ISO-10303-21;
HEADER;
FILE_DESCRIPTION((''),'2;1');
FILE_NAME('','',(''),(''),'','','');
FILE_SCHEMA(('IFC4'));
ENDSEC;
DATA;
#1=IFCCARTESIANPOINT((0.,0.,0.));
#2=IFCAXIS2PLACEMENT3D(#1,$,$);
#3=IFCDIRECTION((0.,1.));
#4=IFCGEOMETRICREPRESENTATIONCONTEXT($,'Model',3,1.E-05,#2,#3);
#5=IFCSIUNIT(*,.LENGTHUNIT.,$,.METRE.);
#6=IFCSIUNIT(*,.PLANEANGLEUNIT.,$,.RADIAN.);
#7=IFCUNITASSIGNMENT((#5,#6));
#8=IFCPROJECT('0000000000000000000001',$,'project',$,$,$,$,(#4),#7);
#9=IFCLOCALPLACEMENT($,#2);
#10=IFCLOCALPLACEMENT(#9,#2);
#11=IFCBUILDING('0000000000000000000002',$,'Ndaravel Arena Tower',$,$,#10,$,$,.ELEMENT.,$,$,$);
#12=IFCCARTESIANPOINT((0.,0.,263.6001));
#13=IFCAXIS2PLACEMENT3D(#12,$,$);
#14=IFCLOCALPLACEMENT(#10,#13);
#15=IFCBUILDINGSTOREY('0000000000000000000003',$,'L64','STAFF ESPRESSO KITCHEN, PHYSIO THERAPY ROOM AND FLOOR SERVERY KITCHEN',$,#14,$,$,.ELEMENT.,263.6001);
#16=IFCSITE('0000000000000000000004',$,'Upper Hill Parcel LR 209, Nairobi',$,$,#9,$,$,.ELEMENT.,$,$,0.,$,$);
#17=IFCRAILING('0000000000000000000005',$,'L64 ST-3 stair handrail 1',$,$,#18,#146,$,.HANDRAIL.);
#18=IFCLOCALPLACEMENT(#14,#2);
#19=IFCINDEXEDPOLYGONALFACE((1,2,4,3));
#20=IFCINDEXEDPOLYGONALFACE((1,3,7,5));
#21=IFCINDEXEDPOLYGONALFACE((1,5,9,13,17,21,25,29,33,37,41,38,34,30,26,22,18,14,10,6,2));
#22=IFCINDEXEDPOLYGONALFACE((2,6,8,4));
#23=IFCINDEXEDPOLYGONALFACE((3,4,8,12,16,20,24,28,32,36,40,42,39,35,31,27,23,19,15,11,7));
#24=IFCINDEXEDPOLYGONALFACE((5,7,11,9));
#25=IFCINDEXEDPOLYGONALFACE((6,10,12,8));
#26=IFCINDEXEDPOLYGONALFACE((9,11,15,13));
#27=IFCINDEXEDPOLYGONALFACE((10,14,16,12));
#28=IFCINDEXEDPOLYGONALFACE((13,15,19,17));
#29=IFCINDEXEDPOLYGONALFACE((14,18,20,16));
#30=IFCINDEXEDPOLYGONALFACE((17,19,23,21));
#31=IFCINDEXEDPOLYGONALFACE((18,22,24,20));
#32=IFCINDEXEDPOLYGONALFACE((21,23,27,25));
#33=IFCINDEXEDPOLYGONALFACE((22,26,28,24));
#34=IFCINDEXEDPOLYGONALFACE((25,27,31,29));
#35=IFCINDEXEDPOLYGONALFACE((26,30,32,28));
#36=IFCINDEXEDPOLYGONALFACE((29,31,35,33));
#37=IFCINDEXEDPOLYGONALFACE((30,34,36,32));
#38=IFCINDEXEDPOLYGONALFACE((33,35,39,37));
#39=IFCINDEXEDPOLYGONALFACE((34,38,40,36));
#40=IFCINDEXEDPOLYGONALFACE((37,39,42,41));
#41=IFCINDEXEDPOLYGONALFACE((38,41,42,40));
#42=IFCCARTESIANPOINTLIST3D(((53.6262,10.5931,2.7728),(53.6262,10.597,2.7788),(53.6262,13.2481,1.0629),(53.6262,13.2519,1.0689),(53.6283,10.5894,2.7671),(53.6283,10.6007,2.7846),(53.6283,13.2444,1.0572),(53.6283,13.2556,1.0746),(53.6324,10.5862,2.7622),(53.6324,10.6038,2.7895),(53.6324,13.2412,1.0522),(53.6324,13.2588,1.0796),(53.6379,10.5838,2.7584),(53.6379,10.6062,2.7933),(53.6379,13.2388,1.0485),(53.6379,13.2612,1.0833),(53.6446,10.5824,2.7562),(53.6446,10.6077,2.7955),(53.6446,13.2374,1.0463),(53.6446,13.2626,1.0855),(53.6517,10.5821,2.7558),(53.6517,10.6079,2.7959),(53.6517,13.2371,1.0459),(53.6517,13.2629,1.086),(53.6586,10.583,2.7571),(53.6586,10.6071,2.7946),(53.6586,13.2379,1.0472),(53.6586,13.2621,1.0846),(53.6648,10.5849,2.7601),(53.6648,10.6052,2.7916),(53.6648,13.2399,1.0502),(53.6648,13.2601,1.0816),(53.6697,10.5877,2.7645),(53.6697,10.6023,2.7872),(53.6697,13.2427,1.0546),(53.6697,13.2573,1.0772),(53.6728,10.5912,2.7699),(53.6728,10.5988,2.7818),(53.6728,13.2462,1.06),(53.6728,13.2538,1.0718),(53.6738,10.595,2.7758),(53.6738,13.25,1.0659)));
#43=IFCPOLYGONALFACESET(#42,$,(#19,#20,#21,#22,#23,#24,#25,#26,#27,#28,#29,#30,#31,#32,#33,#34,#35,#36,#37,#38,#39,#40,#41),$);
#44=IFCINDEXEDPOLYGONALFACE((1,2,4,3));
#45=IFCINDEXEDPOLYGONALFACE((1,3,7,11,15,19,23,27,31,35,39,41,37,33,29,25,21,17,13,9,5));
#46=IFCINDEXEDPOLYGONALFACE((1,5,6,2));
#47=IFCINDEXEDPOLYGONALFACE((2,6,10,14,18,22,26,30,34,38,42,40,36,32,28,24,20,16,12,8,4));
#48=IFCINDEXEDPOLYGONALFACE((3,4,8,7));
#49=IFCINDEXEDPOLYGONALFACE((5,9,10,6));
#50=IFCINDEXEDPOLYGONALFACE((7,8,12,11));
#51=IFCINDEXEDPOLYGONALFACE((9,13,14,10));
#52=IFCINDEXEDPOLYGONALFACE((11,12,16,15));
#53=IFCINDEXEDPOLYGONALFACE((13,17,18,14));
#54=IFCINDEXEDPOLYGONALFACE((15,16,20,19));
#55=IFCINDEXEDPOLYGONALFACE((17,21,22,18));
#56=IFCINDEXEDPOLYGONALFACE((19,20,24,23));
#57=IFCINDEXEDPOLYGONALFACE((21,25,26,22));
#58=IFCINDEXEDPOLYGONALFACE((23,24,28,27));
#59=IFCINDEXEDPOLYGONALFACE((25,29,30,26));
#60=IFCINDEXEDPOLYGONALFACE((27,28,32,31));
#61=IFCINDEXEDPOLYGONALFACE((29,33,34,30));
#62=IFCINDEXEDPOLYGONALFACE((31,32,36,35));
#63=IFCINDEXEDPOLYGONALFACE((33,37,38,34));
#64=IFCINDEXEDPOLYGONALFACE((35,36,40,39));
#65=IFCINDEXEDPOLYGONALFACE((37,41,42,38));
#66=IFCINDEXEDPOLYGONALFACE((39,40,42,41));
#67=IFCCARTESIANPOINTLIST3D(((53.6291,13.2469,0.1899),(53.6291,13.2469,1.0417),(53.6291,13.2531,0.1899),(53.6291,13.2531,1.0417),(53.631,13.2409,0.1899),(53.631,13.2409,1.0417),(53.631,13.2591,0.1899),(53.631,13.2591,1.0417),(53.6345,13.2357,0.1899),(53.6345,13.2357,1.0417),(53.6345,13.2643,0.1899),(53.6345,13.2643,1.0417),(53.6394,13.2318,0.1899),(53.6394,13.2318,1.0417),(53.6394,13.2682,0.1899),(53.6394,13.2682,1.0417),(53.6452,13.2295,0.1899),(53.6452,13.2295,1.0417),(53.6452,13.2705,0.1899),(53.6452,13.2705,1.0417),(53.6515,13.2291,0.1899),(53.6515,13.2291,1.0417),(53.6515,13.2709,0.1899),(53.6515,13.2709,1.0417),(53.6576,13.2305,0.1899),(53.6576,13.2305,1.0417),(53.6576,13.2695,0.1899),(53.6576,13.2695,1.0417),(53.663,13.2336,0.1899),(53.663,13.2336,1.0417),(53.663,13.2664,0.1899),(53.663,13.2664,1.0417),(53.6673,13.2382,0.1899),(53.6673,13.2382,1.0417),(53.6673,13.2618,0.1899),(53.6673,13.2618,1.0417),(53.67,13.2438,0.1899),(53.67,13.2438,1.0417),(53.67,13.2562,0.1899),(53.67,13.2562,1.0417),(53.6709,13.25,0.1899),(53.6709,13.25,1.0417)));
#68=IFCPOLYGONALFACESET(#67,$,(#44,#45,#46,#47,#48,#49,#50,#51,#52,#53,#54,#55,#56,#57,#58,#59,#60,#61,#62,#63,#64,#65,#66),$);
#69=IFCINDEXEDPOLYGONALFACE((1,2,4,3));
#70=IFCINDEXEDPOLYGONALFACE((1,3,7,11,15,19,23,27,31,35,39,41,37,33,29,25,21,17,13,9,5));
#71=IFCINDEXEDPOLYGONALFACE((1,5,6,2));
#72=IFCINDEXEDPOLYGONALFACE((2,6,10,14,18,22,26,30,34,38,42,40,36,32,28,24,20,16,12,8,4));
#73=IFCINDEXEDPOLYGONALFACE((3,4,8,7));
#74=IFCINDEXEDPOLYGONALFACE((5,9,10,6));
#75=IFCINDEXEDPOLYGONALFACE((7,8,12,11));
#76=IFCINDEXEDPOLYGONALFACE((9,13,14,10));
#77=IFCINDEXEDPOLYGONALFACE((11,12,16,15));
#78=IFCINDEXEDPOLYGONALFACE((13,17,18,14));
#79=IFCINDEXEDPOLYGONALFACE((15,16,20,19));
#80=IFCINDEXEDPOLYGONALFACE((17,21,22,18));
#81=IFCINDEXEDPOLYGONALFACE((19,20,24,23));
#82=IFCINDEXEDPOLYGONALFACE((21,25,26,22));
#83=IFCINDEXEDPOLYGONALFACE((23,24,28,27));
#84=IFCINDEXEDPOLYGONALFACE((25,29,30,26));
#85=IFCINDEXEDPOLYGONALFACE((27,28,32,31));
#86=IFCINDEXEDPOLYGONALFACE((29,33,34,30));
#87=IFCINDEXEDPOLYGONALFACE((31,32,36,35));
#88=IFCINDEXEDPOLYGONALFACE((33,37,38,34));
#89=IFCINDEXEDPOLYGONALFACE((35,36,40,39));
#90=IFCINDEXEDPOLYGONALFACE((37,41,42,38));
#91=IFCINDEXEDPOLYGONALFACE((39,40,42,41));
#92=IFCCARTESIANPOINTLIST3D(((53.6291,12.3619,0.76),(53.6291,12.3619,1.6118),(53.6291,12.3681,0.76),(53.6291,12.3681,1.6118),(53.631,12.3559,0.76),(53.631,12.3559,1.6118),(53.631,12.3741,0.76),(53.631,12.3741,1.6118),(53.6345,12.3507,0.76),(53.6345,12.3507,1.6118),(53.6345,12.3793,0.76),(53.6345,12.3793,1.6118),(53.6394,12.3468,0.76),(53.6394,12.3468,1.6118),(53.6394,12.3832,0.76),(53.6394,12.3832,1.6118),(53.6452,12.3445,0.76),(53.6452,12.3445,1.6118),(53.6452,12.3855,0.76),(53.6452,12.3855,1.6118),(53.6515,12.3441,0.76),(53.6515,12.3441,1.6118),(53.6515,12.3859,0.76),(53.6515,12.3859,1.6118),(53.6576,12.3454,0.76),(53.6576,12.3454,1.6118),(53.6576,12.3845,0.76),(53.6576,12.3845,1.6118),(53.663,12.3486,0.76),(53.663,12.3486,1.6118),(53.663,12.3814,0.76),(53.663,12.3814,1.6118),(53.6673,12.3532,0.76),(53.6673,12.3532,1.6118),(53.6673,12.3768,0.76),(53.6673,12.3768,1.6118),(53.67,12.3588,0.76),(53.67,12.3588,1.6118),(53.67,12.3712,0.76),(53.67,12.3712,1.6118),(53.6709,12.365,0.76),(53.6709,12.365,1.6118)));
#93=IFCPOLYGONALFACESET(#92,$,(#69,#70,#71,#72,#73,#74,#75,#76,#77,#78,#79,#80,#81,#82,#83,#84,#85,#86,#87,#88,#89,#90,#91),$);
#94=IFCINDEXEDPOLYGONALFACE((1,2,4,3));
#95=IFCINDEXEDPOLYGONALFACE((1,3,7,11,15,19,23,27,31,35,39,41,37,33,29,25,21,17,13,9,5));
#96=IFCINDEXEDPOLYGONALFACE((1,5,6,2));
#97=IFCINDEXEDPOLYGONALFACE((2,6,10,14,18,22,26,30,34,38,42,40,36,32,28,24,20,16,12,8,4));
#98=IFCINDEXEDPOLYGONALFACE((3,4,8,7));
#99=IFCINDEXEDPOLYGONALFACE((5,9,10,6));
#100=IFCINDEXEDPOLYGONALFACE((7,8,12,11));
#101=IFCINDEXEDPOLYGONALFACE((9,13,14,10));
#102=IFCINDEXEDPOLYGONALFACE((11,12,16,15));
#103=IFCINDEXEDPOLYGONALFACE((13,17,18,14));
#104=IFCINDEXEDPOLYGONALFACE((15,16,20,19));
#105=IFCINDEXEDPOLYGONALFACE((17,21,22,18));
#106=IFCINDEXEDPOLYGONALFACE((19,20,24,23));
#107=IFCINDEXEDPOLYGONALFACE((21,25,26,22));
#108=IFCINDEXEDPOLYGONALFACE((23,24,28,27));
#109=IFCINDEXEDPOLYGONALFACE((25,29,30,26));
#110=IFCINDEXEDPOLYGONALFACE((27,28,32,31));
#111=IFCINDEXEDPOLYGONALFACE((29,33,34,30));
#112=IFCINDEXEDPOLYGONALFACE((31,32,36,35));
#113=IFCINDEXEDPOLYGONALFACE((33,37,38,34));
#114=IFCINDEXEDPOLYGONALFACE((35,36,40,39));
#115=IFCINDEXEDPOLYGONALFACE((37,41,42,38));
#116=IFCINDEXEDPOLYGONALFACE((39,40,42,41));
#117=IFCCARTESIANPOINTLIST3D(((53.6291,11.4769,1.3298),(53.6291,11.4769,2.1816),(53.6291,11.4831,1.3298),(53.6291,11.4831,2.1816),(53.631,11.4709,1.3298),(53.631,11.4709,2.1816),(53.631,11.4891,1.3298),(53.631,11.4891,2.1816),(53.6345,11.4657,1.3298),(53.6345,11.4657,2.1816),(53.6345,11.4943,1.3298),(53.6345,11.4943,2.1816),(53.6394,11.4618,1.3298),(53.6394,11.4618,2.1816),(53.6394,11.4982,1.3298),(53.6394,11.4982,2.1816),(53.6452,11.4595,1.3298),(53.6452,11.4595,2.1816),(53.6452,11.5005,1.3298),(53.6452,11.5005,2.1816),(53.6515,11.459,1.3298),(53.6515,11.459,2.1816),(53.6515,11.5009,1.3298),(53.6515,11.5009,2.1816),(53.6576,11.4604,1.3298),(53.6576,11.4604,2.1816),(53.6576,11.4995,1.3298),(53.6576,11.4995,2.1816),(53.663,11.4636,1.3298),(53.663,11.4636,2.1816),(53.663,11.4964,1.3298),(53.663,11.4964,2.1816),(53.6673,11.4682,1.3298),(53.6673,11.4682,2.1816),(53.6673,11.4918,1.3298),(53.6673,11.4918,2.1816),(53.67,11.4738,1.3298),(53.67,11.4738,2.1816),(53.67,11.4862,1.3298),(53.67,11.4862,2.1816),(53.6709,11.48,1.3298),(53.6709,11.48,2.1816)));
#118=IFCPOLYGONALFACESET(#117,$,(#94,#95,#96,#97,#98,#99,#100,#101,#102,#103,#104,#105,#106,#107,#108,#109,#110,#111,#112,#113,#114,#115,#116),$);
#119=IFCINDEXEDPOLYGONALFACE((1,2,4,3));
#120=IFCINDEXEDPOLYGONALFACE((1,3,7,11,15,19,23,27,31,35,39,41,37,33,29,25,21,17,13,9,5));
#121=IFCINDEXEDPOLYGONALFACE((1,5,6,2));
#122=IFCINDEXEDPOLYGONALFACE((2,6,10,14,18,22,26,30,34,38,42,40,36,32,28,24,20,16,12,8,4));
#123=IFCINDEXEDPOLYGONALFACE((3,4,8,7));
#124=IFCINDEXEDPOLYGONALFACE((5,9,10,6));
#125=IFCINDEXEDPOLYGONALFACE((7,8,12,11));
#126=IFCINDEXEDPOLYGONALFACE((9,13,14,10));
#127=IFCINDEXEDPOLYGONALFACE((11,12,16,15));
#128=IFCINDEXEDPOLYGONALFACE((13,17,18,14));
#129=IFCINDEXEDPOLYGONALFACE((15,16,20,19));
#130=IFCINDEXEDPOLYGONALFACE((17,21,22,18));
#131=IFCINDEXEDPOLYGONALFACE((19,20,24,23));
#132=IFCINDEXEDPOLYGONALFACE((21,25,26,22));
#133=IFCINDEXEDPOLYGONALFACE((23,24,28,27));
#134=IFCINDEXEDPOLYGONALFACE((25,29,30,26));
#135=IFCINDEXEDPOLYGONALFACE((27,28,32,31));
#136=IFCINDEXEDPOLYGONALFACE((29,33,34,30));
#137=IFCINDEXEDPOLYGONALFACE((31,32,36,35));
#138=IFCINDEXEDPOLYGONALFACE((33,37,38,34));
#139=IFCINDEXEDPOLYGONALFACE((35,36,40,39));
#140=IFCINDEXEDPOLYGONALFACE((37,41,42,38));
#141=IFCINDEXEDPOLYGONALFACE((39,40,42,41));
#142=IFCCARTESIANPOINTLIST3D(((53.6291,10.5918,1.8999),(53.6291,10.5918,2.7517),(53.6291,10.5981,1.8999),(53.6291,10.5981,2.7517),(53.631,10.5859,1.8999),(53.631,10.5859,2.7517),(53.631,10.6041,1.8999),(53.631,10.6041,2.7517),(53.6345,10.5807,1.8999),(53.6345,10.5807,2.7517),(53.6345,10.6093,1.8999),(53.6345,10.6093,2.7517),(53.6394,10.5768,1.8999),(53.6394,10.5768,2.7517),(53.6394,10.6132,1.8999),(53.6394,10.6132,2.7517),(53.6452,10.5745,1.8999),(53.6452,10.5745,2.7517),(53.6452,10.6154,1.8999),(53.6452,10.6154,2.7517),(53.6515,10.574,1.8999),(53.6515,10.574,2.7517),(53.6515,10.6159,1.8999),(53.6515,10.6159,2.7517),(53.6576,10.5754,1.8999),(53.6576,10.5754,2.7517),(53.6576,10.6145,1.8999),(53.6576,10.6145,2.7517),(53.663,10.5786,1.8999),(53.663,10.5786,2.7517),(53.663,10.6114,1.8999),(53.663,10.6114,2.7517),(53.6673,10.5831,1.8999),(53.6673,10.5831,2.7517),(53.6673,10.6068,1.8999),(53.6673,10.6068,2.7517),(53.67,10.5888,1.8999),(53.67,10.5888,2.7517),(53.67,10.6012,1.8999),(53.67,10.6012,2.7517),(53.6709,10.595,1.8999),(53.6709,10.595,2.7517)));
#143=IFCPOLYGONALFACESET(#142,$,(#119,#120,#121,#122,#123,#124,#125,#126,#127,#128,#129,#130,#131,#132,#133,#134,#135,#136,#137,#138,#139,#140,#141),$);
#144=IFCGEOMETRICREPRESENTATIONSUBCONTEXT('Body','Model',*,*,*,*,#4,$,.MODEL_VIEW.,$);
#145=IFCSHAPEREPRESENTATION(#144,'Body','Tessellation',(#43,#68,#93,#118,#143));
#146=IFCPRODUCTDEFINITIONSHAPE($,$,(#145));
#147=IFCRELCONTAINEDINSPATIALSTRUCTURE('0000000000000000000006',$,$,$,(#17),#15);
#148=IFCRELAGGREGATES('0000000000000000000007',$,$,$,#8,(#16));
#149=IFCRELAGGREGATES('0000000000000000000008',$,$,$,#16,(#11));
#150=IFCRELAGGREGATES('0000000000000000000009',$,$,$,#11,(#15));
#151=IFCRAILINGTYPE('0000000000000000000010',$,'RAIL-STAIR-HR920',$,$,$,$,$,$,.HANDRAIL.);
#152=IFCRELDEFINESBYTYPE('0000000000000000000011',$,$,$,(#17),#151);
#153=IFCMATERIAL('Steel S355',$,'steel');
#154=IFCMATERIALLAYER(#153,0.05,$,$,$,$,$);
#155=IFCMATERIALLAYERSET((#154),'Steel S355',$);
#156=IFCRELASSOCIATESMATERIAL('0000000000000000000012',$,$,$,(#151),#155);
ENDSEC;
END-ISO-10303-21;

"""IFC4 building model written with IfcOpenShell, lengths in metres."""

from ifc_helpers import new_model, si_unit, direction, frame, origin, origin_2d, place, context, subcontext, project, spatial, circle, extrude, material, layer, layer_set, type_object, element, save


model = new_model("IFC4")

# Units and contexts
model_context = context("Model", 3, precision=1e-05, world=origin(), true_north=direction((0.0, 1.0)))
body_context = subcontext(model_context, "Body", "Model", "MODEL_VIEW")
ifc_project = project(units=[si_unit("LENGTHUNIT", "METRE"), si_unit("PLANEANGLEUNIT", "RADIAN")], contexts=[model_context])

# Site, building, storey
site_placement = place(None, origin())
site = spatial("IfcSite", under=ifc_project, at=site_placement, Name="Upper Hill Parcel LR 209, Nairobi", CompositionType="ELEMENT", RefElevation=0.0)
building_placement = place(site_placement, origin())
building = spatial("IfcBuilding", under=site, at=building_placement, Name="Ndaravel Arena Tower", CompositionType="ELEMENT")
storey_placement = place(building_placement, frame((0.0, 0.0, 263.6001)))
storey = spatial("IfcBuildingStorey", under=building, at=storey_placement, Name="L64", Description="STAFF ESPRESSO KITCHEN, PHYSIO THERAPY ROOM AND FLOOR SERVERY KITCHEN", CompositionType="ELEMENT", Elevation=263.6001)

# Railing
ifc_material_1 = material(Name="Steel S355", Category="steel")
ifc_layer_1 = layer(ifc_material_1, 0.05)
ifc_layer_set_1 = layer_set([ifc_layer_1], Name="Steel S355")
railing_type_1 = type_object("IfcRailingType", Name="RAIL-STAIR-HR920", PredefinedType="HANDRAIL", material=ifc_layer_set_1)
railing_1_placement = place(storey_placement, frame((53.6499, 13.25, 0.1899)))
element("IfcRailing", 1, at=railing_1_placement, inside=storey, type_object=railing_type_1, Name="L64 ST-3 stair handrail 1", PredefinedType="HANDRAIL", context=body_context, shape_type="SweptSolid", body=[
    extrude(circle(Radius=0.0239, at=origin_2d()), frame((0.0, 0.0, 0.876), z_axis=(0.0, -0.840724, 0.541465), x_axis=(1.0, 0.0, 0.0)), (0.0, 0.0, 1.0), 3.158),
    extrude(circle(Radius=0.021, at=origin_2d()), origin(), (0.0, 0.0, 1.0), 0.8518),
    extrude(circle(Radius=0.021, at=origin_2d()), frame((0.0, -0.885, 0.5701)), (0.0, 0.0, 1.0), 0.8518),
    extrude(circle(Radius=0.021, at=origin_2d()), frame((0.0, -1.77, 1.1399)), (0.0, 0.0, 1.0), 0.8518),
    extrude(circle(Radius=0.021, at=origin_2d()), frame((0.0, -2.655, 1.71)), (0.0, 0.0, 1.0), 0.8518),
])

save(model, "model.ifc")
